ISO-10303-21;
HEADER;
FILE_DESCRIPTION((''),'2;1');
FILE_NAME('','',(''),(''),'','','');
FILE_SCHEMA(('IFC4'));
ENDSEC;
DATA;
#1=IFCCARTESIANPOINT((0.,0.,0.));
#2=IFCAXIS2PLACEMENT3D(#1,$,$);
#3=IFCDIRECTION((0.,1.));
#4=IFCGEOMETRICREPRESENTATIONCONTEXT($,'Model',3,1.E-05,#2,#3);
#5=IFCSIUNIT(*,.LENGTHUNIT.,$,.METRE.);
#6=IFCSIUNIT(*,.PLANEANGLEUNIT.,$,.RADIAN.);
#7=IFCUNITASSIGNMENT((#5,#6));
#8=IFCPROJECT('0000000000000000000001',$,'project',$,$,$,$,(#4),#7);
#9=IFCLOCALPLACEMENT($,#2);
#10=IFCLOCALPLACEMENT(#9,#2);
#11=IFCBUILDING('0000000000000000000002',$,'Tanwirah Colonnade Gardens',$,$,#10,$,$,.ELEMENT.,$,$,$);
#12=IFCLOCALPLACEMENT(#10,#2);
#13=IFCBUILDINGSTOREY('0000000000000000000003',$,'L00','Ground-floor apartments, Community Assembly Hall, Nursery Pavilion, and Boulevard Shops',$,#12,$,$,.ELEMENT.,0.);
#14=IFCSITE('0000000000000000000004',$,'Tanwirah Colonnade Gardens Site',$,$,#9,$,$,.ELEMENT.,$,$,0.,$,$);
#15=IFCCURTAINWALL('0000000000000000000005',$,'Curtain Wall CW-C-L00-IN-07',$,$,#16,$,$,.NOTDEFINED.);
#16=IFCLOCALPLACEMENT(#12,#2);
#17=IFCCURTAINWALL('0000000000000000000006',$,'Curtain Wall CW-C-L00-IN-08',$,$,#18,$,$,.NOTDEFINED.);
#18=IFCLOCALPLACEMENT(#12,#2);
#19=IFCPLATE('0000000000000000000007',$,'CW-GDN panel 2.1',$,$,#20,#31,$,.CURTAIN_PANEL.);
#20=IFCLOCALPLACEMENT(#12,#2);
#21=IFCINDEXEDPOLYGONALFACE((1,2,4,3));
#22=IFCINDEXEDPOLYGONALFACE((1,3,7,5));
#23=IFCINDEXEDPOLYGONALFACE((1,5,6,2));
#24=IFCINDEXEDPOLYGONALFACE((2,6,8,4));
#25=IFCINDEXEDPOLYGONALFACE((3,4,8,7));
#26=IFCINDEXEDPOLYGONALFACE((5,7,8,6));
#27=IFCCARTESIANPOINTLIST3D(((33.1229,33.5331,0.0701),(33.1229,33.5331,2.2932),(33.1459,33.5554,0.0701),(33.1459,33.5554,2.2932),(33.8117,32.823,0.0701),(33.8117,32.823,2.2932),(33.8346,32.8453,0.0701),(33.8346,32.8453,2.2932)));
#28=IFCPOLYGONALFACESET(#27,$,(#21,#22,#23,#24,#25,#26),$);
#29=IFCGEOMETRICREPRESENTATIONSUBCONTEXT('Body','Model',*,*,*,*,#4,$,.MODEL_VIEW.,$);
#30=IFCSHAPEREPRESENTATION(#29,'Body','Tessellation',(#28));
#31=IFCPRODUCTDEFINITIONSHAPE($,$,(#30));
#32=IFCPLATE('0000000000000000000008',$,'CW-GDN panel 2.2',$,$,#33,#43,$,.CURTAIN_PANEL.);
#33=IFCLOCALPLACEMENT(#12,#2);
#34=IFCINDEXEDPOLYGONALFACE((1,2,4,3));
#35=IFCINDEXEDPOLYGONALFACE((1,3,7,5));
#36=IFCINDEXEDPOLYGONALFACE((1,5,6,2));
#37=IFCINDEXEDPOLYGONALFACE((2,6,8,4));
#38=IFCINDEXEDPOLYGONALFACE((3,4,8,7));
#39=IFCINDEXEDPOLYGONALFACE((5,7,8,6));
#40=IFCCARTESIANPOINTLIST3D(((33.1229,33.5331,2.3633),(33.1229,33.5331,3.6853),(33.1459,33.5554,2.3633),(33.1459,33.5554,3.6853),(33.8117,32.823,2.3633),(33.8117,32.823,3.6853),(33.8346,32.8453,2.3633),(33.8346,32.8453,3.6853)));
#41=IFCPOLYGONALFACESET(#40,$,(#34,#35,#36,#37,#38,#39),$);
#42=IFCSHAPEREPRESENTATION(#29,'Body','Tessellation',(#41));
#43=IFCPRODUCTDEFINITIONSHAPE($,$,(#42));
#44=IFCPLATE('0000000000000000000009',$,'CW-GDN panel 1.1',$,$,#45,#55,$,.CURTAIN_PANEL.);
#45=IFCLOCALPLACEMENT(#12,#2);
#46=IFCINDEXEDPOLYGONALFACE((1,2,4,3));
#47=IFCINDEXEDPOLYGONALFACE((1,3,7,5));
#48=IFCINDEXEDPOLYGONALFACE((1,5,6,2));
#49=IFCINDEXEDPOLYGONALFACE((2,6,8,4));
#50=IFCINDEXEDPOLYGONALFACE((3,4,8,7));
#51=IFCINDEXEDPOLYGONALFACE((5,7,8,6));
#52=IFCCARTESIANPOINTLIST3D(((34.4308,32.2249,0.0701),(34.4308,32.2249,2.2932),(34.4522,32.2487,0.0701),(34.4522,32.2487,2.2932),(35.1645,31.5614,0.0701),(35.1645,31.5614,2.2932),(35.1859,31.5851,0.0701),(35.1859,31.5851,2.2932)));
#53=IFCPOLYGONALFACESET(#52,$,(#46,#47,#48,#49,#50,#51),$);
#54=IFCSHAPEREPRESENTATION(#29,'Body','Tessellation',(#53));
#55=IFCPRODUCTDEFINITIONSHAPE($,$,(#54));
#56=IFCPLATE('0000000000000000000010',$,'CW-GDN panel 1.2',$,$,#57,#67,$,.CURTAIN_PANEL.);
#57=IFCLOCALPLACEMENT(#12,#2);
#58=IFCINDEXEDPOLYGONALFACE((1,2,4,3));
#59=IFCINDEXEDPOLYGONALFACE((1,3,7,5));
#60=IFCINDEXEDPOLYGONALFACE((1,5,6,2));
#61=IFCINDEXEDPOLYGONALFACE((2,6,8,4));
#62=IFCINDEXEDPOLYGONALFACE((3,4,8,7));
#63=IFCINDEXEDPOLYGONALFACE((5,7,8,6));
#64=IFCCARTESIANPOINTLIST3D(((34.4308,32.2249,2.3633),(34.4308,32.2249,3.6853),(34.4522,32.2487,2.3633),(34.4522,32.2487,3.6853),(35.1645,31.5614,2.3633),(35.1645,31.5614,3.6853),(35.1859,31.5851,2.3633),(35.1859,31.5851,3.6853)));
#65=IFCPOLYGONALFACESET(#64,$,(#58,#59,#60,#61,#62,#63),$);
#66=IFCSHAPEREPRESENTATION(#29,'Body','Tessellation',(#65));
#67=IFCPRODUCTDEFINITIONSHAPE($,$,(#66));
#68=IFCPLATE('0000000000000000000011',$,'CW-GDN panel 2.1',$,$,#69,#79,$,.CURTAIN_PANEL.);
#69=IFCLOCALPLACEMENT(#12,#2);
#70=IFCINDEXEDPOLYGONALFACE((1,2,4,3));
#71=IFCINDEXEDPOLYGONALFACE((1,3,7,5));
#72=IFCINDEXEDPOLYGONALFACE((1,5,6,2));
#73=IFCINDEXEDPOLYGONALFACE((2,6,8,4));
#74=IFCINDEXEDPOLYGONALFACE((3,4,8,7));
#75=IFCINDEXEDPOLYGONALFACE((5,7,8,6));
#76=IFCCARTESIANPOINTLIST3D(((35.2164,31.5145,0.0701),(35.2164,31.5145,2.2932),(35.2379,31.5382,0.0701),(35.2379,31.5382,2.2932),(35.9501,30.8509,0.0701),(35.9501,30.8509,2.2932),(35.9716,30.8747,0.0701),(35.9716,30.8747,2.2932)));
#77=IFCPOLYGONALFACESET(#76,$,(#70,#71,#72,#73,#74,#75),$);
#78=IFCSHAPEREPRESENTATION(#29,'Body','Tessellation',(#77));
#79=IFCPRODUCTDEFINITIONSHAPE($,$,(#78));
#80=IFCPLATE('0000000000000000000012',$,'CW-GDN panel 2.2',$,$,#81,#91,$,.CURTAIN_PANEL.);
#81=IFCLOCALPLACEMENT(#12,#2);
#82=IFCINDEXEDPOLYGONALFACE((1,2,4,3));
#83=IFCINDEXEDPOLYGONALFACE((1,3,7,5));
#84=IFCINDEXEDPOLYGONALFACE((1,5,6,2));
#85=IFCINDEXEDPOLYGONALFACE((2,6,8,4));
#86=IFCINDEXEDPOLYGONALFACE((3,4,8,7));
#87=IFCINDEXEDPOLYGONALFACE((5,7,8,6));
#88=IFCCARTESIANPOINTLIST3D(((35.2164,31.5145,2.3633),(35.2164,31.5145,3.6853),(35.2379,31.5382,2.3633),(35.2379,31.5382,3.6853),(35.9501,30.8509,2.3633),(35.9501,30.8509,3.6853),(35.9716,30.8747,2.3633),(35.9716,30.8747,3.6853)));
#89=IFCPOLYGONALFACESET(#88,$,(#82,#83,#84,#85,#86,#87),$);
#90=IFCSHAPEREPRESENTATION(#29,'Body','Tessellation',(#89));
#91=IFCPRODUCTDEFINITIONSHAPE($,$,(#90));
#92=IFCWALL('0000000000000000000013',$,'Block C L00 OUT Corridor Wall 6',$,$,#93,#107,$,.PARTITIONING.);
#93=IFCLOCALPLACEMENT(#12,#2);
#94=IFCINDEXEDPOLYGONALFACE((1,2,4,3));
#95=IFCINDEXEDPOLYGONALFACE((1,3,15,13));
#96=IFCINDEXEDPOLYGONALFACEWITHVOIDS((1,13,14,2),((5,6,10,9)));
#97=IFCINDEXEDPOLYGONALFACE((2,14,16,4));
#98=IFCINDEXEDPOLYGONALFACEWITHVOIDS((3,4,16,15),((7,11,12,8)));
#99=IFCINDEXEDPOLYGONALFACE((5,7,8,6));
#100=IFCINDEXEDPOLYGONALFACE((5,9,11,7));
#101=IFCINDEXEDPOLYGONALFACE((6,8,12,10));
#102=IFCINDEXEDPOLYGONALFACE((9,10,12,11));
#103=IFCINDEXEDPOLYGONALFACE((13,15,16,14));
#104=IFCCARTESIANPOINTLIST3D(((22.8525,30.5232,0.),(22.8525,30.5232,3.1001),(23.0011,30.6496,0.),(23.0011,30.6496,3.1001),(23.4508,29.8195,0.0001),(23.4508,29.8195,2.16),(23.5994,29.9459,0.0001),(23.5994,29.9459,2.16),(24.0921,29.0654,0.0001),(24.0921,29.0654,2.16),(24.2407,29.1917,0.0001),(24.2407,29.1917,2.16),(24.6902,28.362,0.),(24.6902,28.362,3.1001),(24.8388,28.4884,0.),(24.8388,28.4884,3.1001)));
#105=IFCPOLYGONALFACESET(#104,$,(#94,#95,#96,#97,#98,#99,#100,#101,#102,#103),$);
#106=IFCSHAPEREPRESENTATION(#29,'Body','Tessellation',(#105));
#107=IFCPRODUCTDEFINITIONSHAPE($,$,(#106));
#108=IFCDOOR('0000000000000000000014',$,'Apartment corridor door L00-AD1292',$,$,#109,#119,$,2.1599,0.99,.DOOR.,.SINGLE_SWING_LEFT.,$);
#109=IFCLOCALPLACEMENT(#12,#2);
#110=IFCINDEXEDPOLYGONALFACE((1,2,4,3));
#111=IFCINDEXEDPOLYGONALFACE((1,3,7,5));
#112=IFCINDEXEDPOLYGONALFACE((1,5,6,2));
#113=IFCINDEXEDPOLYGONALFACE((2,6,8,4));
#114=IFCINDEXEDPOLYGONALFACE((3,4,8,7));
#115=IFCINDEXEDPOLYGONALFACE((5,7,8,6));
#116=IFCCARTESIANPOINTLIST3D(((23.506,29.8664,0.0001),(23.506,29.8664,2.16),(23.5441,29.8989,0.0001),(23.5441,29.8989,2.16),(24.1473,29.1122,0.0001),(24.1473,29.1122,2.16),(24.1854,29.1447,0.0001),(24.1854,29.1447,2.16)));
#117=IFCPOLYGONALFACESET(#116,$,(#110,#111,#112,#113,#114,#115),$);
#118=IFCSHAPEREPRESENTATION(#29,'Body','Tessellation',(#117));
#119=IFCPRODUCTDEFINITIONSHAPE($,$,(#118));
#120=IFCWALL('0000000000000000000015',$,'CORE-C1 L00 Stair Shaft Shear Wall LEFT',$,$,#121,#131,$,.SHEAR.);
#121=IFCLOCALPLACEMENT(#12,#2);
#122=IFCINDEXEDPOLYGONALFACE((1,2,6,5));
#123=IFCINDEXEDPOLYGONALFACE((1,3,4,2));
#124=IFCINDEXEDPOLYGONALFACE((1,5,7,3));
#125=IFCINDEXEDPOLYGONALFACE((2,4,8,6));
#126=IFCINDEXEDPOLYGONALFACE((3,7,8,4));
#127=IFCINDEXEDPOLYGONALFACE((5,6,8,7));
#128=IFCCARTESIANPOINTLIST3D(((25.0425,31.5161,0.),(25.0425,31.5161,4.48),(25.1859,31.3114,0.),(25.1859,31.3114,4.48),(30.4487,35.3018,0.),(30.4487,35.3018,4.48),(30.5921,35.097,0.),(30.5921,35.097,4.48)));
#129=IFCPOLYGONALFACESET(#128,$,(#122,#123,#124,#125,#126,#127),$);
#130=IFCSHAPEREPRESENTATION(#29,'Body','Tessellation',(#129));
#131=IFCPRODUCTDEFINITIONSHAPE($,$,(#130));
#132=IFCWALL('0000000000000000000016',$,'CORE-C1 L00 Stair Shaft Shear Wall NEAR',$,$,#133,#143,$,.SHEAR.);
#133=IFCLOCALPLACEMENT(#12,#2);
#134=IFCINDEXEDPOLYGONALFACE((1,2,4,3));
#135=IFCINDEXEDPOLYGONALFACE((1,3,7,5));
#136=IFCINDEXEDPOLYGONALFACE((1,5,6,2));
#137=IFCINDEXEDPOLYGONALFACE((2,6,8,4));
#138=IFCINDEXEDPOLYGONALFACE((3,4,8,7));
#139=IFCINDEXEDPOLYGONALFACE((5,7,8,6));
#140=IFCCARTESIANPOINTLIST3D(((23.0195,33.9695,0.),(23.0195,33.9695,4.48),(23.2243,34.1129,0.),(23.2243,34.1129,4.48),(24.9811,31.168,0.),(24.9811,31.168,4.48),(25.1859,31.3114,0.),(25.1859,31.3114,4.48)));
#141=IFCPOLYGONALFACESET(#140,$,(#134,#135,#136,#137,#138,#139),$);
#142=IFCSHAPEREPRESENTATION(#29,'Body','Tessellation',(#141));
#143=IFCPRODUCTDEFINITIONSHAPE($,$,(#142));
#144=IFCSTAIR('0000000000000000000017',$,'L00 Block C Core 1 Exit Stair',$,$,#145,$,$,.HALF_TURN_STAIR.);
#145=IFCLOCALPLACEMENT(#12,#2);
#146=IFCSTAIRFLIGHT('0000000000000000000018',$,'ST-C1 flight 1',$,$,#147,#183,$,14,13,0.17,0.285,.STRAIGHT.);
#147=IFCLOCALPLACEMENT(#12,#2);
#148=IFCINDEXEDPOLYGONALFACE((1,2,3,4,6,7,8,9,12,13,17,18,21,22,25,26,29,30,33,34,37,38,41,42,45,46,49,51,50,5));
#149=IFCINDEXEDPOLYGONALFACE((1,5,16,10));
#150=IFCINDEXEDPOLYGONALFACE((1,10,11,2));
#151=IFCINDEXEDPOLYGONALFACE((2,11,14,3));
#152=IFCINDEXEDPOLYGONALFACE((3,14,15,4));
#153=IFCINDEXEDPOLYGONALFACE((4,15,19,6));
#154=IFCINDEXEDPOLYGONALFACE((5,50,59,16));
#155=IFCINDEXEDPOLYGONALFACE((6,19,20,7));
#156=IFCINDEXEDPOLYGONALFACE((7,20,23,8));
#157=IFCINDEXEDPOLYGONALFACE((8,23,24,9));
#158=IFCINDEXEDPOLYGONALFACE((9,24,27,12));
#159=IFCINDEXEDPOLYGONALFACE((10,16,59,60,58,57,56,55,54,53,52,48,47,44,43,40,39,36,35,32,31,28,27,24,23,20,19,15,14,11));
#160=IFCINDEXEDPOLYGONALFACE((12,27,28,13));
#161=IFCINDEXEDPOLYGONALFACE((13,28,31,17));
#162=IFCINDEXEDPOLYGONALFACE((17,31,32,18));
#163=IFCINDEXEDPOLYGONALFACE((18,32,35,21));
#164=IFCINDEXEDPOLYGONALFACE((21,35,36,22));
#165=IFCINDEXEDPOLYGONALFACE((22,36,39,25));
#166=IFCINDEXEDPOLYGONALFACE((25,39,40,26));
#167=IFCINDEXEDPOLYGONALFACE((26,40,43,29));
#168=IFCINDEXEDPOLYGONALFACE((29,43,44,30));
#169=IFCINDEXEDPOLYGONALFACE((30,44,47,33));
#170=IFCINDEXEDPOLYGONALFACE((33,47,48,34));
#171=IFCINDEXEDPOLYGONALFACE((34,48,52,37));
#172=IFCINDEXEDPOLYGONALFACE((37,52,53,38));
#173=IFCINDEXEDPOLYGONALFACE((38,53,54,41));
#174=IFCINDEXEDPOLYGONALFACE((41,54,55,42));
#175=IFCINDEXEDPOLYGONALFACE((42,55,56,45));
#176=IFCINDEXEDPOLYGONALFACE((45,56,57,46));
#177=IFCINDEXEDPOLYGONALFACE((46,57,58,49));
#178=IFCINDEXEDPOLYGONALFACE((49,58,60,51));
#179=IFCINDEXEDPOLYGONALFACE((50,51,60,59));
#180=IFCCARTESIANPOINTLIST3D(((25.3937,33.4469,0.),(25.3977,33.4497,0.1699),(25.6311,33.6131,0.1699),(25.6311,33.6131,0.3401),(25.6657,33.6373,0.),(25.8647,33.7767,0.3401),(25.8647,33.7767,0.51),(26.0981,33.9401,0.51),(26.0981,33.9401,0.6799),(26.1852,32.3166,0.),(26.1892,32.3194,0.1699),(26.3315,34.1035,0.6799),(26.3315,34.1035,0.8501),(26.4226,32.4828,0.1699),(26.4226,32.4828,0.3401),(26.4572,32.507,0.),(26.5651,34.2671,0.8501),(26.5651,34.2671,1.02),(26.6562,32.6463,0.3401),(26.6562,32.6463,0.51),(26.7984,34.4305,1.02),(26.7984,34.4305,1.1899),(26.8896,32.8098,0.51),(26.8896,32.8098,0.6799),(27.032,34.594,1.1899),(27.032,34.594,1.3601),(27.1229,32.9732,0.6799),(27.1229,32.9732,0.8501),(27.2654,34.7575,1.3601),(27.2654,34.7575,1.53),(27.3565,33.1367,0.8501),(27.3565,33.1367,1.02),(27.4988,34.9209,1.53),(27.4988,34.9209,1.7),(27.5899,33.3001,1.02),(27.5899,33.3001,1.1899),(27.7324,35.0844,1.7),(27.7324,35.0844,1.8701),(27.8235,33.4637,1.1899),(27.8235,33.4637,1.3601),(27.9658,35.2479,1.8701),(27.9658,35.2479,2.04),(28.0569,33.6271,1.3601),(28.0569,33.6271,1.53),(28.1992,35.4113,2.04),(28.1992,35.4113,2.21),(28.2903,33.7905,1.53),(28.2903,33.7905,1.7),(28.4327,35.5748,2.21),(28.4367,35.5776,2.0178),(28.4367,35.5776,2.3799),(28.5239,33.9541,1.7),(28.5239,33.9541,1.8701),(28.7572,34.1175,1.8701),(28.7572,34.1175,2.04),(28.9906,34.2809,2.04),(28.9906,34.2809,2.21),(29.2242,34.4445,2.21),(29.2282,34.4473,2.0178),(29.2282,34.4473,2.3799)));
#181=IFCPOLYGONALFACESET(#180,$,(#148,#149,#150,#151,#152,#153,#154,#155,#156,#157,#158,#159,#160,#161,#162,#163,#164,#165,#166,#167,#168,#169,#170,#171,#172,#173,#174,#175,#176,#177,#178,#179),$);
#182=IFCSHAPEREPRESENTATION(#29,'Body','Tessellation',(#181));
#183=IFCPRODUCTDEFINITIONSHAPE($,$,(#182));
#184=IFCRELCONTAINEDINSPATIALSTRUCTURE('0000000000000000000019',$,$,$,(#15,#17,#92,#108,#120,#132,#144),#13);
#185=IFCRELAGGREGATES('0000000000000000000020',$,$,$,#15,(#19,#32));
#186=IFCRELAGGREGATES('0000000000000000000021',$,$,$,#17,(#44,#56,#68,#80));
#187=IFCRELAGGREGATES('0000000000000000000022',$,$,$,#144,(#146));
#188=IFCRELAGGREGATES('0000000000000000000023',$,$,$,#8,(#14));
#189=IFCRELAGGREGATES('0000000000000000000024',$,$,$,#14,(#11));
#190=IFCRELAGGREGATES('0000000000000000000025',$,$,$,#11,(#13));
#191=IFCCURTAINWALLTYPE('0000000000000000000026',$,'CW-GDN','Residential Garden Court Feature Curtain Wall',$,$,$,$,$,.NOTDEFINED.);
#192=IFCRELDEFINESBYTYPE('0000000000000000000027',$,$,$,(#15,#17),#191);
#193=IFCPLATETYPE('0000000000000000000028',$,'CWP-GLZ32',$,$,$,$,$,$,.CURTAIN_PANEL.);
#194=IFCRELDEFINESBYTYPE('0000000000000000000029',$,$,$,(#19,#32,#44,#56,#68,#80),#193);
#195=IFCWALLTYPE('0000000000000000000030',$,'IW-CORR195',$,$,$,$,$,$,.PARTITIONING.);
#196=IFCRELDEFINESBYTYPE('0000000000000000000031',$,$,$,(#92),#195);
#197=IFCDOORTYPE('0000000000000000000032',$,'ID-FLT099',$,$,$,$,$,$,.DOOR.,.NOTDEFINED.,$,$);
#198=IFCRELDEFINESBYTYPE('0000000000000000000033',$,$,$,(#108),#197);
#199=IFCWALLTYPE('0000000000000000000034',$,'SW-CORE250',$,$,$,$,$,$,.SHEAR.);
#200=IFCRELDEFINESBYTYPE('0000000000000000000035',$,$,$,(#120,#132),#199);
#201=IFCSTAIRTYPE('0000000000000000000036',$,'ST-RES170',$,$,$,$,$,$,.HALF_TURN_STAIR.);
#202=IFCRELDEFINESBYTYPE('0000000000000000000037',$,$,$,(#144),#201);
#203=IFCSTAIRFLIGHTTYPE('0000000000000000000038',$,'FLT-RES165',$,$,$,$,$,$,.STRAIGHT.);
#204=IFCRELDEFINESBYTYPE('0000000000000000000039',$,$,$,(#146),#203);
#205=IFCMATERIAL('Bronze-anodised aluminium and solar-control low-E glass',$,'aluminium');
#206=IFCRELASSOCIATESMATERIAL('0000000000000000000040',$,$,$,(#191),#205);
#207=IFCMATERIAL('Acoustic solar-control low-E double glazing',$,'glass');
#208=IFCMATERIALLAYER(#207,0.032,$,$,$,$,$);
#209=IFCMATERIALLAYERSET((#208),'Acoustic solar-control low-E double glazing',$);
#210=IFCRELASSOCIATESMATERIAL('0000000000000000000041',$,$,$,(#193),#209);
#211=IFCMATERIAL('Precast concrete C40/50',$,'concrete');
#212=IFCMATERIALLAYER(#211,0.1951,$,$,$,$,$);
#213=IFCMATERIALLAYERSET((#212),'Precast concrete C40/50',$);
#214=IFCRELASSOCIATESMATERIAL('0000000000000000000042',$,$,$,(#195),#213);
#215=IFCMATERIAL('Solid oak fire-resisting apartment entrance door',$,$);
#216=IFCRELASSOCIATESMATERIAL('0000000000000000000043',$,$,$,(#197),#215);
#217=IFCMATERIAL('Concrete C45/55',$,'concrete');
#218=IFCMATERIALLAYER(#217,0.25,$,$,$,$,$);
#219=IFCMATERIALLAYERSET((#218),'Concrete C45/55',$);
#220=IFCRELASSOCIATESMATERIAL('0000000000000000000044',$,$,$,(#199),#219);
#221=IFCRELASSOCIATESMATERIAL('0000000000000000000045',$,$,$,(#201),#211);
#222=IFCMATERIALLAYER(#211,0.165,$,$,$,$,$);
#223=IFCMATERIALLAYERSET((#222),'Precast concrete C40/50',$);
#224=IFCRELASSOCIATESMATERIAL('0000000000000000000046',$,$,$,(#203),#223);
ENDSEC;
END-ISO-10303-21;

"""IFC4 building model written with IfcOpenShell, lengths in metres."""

from ifc_helpers import new_model, si_unit, direction, frame, frame_2d, origin, origin_2d, place, context, subcontext, project, spatial, polyline, rectangle, outline, extrude, material, layer, layer_set, type_object, element, fill, aggregate, save


model = new_model("IFC4")

# Units and contexts
model_context = context("Model", 3, precision=1e-05, world=origin(), true_north=direction((0.0, 1.0)))
body_context = subcontext(model_context, "Body", "Model", "MODEL_VIEW")
ifc_project = project(units=[si_unit("LENGTHUNIT", "METRE"), si_unit("PLANEANGLEUNIT", "RADIAN")], contexts=[model_context])

# Site, building, storey
site_placement = place(None, origin())
site = spatial("IfcSite", under=ifc_project, at=site_placement, Name="Tanwirah Colonnade Gardens Site", CompositionType="ELEMENT", RefElevation=0.0)
building_placement = place(site_placement, origin())
building = spatial("IfcBuilding", under=site, at=building_placement, Name="Tanwirah Colonnade Gardens", CompositionType="ELEMENT")
storey_placement = place(building_placement, origin())
storey = spatial("IfcBuildingStorey", under=building, at=storey_placement, Name="L00", Description="Ground-floor apartments, Community Assembly Hall, Nursery Pavilion, and Boulevard Shops", CompositionType="ELEMENT", Elevation=0.0)

# Shared definitions
ifc_material_1 = material(Name="Precast concrete C40/50", Category="concrete")

# Curtain walls
ifc_material_2 = material(Name="Bronze-anodised aluminium and solar-control low-E glass", Category="aluminium")
curtain_wall_type = type_object("IfcCurtainWallType", Name="CW-GDN", Description="Residential Garden Court Feature Curtain Wall", PredefinedType="NOTDEFINED", material=ifc_material_2)
curtain_wall_1_placement = place(storey_placement, origin())
curtain_wall_1 = element("IfcCurtainWall", 1, at=curtain_wall_1_placement, inside=storey, type_object=curtain_wall_type, Name="Curtain Wall CW-C-L00-IN-07", PredefinedType="NOTDEFINED")
curtain_wall_2_placement = place(storey_placement, origin())
curtain_wall_2 = element("IfcCurtainWall", 2, at=curtain_wall_2_placement, inside=storey, type_object=curtain_wall_type, Name="Curtain Wall CW-C-L00-IN-08", PredefinedType="NOTDEFINED")

# Plates
ifc_material_3 = material(Name="Acoustic solar-control low-E double glazing", Category="glass")
ifc_layer_1 = layer(ifc_material_3, 0.032)
ifc_layer_set_1 = layer_set([ifc_layer_1], Name="Acoustic solar-control low-E double glazing")
plate_type = type_object("IfcPlateType", Name="CWP-GLZ32", PredefinedType="CURTAIN_PANEL", material=ifc_layer_set_1)
plate_1_placement = place(storey_placement, frame((33.4788, 33.1892, 0.0701), z_axis=(0.0, 0.0, 1.0), x_axis=(0.696223, -0.717825, 0.0)))
plate_1 = element("IfcPlate", 3, at=plate_1_placement, type_object=plate_type, Name="CW-GDN panel 2.1", PredefinedType="CURTAIN_PANEL", context=body_context, shape_type="SweptSolid", body=[
    extrude(rectangle(XDim=0.9893, YDim=0.032, at=origin_2d()), origin(), (0.0, 0.0, 1.0), 2.2231),
])
plate_2_placement = place(storey_placement, frame((33.4788, 33.1892, 2.3633), z_axis=(0.0, 0.0, 1.0), x_axis=(0.696223, -0.717825, 0.0)))
plate_2 = element("IfcPlate", 4, at=plate_2_placement, type_object=plate_type, Name="CW-GDN panel 2.2", PredefinedType="CURTAIN_PANEL", context=body_context, shape_type="SweptSolid", body=[
    extrude(rectangle(XDim=0.9893, YDim=0.032, at=origin_2d()), origin(), (0.0, 0.0, 1.0), 1.322),
])
aggregate(curtain_wall_1, [plate_1, plate_2])
plate_3_placement = place(storey_placement, frame((34.8083, 31.905, 0.0701), z_axis=(0.0, 0.0, 1.0), x_axis=(0.741683, -0.670751, 0.0)))
plate_3 = element("IfcPlate", 5, at=plate_3_placement, type_object=plate_type, Name="CW-GDN panel 1.1", PredefinedType="CURTAIN_PANEL", context=body_context, shape_type="SweptSolid", body=[
    extrude(rectangle(XDim=0.9893, YDim=0.032, at=origin_2d()), origin(), (0.0, 0.0, 1.0), 2.2231),
])
plate_4_placement = place(storey_placement, frame((34.8083, 31.905, 2.3633), z_axis=(0.0, 0.0, 1.0), x_axis=(0.741683, -0.670751, 0.0)))
plate_4 = element("IfcPlate", 6, at=plate_4_placement, type_object=plate_type, Name="CW-GDN panel 1.2", PredefinedType="CURTAIN_PANEL", context=body_context, shape_type="SweptSolid", body=[
    extrude(rectangle(XDim=0.9893, YDim=0.032, at=origin_2d()), origin(), (0.0, 0.0, 1.0), 1.322),
])
plate_5_placement = place(storey_placement, frame((35.594, 31.1946, 0.0701), z_axis=(0.0, 0.0, 1.0), x_axis=(0.741683, -0.670751, 0.0)))
plate_5 = element("IfcPlate", 7, at=plate_5_placement, type_object=plate_type, Name="CW-GDN panel 2.1", PredefinedType="CURTAIN_PANEL", context=body_context, shape_type="SweptSolid", body=[
    extrude(rectangle(XDim=0.9893, YDim=0.032, at=origin_2d()), origin(), (0.0, 0.0, 1.0), 2.2231),
])
plate_6_placement = place(storey_placement, frame((35.594, 31.1946, 2.3633), z_axis=(0.0, 0.0, 1.0), x_axis=(0.741683, -0.670751, 0.0)))
plate_6 = element("IfcPlate", 8, at=plate_6_placement, type_object=plate_type, Name="CW-GDN panel 2.2", PredefinedType="CURTAIN_PANEL", context=body_context, shape_type="SweptSolid", body=[
    extrude(rectangle(XDim=0.9893, YDim=0.032, at=origin_2d()), origin(), (0.0, 0.0, 1.0), 1.322),
])
aggregate(curtain_wall_2, [plate_3, plate_4, plate_5, plate_6])

# Wall, opening, door
ifc_layer_2 = layer(ifc_material_1, 0.1951)
ifc_layer_set_2 = layer_set([ifc_layer_2], Name="Precast concrete C40/50")
wall_type_1 = type_object("IfcWallType", Name="IW-CORR195", PredefinedType="PARTITIONING", material=ifc_layer_set_2)
wall_1_placement = place(storey_placement, frame((22.9268, 30.5864, 0.0), z_axis=(0.0, 0.0, 1.0), x_axis=(0.647788, -0.76182, 0.0)))
wall_1 = element("IfcWall", 9, at=wall_1_placement, inside=storey, type_object=wall_type_1, Name="Block C L00 OUT Corridor Wall 6", PredefinedType="PARTITIONING", context=body_context, shape_type="SweptSolid", body=[
    extrude(rectangle(XDim=2.8369, YDim=0.1951, at=frame_2d((1.4185, 0.0))), origin(), (0.0, 0.0, 1.0), 3.1001),
])
opening_placement = place(wall_1_placement, frame((0.9236, 0.0, 0.0)))
opening = element("IfcOpeningElement", 10, at=opening_placement, cuts=wall_1, PredefinedType="OPENING", context=body_context, shape_type="SweptSolid", body=[
    extrude(rectangle(XDim=0.99, YDim=2.1599, at=frame_2d((0.4951, 1.0801))), frame((0.0, 0.1074, 0.0), z_axis=(0.0, -1.0, 0.0), x_axis=(1.0, 0.0, 0.0)), (0.0, 0.0, 1.0), 0.2151),
])
ifc_material_4 = material(Name="Solid oak fire-resisting apartment entrance door")
door_type = type_object("IfcDoorType", Name="ID-FLT099", OperationType="NOTDEFINED", PredefinedType="DOOR", material=ifc_material_4)
door_placement = place(opening_placement, origin())
door = element("IfcDoor", 11, at=door_placement, inside=storey, type_object=door_type, Name="Apartment corridor door L00-AD1292", OperationType="SINGLE_SWING_LEFT", OverallHeight=2.1599, OverallWidth=0.99, PredefinedType="DOOR", context=body_context, shape_type="SweptSolid", body=[
    extrude(rectangle(XDim=0.99, YDim=2.1599, at=frame_2d((0.4951, 1.0801))), frame((0.0, 0.0249, 0.0), z_axis=(0.0, -1.0, 0.0), x_axis=(1.0, 0.0, 0.0)), (0.0, 0.0, 1.0), 0.05),
])
fill(opening, door)

# Walls
ifc_material_5 = material(Name="Concrete C45/55", Category="concrete")
ifc_layer_3 = layer(ifc_material_5, 0.25)
ifc_layer_set_3 = layer_set([ifc_layer_3], Name="Concrete C45/55")
wall_type_2 = type_object("IfcWallType", Name="SW-CORE250", PredefinedType="SHEAR", material=ifc_layer_set_3)
wall_2_placement = place(storey_placement, frame((25.1143, 31.4138, 0.0), z_axis=(0.0, 0.0, 1.0), x_axis=(0.819142, 0.573591, 0.0)))
element("IfcWall", 12, at=wall_2_placement, inside=storey, type_object=wall_type_2, Name="CORE-C1 L00 Stair Shaft Shear Wall LEFT", PredefinedType="SHEAR", context=body_context, shape_type="SweptSolid", body=[
    extrude(rectangle(XDim=6.5999, YDim=0.25, at=frame_2d((3.2998, 0.0))), origin(), (0.0, 0.0, 1.0), 4.48),
])
wall_3_placement = place(storey_placement, frame((25.0835, 31.2397, 0.0), z_axis=(0.0, 0.0, 1.0), x_axis=(-0.573582, 0.819148, 0.0)))
element("IfcWall", 13, at=wall_3_placement, inside=storey, type_object=wall_type_2, Name="CORE-C1 L00 Stair Shaft Shear Wall NEAR", PredefinedType="SHEAR", context=body_context, shape_type="SweptSolid", body=[
    extrude(rectangle(XDim=3.4199, YDim=0.25, at=frame_2d((1.71, 0.0))), origin(), (0.0, 0.0, 1.0), 4.48),
])

# Stair, stair flight
stair_type = type_object("IfcStairType", Name="ST-RES170", PredefinedType="HALF_TURN_STAIR", material=ifc_material_1)
stair_placement = place(storey_placement, origin())
stair = element("IfcStair", 14, at=stair_placement, inside=storey, type_object=stair_type, Name="L00 Block C Core 1 Exit Stair", PredefinedType="HALF_TURN_STAIR")
ifc_layer_4 = layer(ifc_material_1, 0.165)
ifc_layer_set_4 = layer_set([ifc_layer_4], Name="Precast concrete C40/50")
stair_flight_type = type_object("IfcStairFlightType", Name="FLT-RES165", PredefinedType="STRAIGHT", material=ifc_layer_set_4)
stair_flight_placement = place(storey_placement, frame((25.7935, 32.8845, 0.0), z_axis=(0.0, 0.0, 1.0), x_axis=(0.819152, 0.573576, 0.0)))
stair_flight = element("IfcStairFlight", 15, at=stair_flight_placement, type_object=stair_flight_type, Name="ST-C1 flight 1", NumberOfRisers=14, NumberOfTreads=13, PredefinedType="STRAIGHT", RiserHeight=0.17, TreadLength=0.285, context=body_context, shape_type="SweptSolid", body=[
    extrude(outline(polyline([(-0.0049, 0.0), (0.0, 0.1699), (0.2849, 0.1699), (0.2849, 0.3401), (0.5701, 0.3401), (0.5701, 0.51), (0.855, 0.51), (0.855, 0.6799), (1.1399, 0.6799), (1.1399, 0.8501), (1.425, 0.8501), (1.425, 1.02), (1.71, 1.02), (1.71, 1.1899), (1.9951, 1.1899), (1.9951, 1.3601), (2.28, 1.3601), (2.28, 1.53), (2.5649, 1.53), (2.5649, 1.7), (2.8501, 1.7), (2.8501, 1.8701), (3.135, 1.8701), (3.135, 2.04), (3.4199, 2.04), (3.4199, 2.21), (3.7051, 2.21), (3.71, 2.3799), (3.71, 2.0178), (0.3271, 0.0), (-0.0049, 0.0)])), frame((0.0, 0.6899, 0.0), z_axis=(0.0, -1.0, 0.0), x_axis=(1.0, 0.0, 0.0)), (0.0, 0.0, 1.0), 1.3799),
])
aggregate(stair, [stair_flight])

save(model, "model.ifc")
